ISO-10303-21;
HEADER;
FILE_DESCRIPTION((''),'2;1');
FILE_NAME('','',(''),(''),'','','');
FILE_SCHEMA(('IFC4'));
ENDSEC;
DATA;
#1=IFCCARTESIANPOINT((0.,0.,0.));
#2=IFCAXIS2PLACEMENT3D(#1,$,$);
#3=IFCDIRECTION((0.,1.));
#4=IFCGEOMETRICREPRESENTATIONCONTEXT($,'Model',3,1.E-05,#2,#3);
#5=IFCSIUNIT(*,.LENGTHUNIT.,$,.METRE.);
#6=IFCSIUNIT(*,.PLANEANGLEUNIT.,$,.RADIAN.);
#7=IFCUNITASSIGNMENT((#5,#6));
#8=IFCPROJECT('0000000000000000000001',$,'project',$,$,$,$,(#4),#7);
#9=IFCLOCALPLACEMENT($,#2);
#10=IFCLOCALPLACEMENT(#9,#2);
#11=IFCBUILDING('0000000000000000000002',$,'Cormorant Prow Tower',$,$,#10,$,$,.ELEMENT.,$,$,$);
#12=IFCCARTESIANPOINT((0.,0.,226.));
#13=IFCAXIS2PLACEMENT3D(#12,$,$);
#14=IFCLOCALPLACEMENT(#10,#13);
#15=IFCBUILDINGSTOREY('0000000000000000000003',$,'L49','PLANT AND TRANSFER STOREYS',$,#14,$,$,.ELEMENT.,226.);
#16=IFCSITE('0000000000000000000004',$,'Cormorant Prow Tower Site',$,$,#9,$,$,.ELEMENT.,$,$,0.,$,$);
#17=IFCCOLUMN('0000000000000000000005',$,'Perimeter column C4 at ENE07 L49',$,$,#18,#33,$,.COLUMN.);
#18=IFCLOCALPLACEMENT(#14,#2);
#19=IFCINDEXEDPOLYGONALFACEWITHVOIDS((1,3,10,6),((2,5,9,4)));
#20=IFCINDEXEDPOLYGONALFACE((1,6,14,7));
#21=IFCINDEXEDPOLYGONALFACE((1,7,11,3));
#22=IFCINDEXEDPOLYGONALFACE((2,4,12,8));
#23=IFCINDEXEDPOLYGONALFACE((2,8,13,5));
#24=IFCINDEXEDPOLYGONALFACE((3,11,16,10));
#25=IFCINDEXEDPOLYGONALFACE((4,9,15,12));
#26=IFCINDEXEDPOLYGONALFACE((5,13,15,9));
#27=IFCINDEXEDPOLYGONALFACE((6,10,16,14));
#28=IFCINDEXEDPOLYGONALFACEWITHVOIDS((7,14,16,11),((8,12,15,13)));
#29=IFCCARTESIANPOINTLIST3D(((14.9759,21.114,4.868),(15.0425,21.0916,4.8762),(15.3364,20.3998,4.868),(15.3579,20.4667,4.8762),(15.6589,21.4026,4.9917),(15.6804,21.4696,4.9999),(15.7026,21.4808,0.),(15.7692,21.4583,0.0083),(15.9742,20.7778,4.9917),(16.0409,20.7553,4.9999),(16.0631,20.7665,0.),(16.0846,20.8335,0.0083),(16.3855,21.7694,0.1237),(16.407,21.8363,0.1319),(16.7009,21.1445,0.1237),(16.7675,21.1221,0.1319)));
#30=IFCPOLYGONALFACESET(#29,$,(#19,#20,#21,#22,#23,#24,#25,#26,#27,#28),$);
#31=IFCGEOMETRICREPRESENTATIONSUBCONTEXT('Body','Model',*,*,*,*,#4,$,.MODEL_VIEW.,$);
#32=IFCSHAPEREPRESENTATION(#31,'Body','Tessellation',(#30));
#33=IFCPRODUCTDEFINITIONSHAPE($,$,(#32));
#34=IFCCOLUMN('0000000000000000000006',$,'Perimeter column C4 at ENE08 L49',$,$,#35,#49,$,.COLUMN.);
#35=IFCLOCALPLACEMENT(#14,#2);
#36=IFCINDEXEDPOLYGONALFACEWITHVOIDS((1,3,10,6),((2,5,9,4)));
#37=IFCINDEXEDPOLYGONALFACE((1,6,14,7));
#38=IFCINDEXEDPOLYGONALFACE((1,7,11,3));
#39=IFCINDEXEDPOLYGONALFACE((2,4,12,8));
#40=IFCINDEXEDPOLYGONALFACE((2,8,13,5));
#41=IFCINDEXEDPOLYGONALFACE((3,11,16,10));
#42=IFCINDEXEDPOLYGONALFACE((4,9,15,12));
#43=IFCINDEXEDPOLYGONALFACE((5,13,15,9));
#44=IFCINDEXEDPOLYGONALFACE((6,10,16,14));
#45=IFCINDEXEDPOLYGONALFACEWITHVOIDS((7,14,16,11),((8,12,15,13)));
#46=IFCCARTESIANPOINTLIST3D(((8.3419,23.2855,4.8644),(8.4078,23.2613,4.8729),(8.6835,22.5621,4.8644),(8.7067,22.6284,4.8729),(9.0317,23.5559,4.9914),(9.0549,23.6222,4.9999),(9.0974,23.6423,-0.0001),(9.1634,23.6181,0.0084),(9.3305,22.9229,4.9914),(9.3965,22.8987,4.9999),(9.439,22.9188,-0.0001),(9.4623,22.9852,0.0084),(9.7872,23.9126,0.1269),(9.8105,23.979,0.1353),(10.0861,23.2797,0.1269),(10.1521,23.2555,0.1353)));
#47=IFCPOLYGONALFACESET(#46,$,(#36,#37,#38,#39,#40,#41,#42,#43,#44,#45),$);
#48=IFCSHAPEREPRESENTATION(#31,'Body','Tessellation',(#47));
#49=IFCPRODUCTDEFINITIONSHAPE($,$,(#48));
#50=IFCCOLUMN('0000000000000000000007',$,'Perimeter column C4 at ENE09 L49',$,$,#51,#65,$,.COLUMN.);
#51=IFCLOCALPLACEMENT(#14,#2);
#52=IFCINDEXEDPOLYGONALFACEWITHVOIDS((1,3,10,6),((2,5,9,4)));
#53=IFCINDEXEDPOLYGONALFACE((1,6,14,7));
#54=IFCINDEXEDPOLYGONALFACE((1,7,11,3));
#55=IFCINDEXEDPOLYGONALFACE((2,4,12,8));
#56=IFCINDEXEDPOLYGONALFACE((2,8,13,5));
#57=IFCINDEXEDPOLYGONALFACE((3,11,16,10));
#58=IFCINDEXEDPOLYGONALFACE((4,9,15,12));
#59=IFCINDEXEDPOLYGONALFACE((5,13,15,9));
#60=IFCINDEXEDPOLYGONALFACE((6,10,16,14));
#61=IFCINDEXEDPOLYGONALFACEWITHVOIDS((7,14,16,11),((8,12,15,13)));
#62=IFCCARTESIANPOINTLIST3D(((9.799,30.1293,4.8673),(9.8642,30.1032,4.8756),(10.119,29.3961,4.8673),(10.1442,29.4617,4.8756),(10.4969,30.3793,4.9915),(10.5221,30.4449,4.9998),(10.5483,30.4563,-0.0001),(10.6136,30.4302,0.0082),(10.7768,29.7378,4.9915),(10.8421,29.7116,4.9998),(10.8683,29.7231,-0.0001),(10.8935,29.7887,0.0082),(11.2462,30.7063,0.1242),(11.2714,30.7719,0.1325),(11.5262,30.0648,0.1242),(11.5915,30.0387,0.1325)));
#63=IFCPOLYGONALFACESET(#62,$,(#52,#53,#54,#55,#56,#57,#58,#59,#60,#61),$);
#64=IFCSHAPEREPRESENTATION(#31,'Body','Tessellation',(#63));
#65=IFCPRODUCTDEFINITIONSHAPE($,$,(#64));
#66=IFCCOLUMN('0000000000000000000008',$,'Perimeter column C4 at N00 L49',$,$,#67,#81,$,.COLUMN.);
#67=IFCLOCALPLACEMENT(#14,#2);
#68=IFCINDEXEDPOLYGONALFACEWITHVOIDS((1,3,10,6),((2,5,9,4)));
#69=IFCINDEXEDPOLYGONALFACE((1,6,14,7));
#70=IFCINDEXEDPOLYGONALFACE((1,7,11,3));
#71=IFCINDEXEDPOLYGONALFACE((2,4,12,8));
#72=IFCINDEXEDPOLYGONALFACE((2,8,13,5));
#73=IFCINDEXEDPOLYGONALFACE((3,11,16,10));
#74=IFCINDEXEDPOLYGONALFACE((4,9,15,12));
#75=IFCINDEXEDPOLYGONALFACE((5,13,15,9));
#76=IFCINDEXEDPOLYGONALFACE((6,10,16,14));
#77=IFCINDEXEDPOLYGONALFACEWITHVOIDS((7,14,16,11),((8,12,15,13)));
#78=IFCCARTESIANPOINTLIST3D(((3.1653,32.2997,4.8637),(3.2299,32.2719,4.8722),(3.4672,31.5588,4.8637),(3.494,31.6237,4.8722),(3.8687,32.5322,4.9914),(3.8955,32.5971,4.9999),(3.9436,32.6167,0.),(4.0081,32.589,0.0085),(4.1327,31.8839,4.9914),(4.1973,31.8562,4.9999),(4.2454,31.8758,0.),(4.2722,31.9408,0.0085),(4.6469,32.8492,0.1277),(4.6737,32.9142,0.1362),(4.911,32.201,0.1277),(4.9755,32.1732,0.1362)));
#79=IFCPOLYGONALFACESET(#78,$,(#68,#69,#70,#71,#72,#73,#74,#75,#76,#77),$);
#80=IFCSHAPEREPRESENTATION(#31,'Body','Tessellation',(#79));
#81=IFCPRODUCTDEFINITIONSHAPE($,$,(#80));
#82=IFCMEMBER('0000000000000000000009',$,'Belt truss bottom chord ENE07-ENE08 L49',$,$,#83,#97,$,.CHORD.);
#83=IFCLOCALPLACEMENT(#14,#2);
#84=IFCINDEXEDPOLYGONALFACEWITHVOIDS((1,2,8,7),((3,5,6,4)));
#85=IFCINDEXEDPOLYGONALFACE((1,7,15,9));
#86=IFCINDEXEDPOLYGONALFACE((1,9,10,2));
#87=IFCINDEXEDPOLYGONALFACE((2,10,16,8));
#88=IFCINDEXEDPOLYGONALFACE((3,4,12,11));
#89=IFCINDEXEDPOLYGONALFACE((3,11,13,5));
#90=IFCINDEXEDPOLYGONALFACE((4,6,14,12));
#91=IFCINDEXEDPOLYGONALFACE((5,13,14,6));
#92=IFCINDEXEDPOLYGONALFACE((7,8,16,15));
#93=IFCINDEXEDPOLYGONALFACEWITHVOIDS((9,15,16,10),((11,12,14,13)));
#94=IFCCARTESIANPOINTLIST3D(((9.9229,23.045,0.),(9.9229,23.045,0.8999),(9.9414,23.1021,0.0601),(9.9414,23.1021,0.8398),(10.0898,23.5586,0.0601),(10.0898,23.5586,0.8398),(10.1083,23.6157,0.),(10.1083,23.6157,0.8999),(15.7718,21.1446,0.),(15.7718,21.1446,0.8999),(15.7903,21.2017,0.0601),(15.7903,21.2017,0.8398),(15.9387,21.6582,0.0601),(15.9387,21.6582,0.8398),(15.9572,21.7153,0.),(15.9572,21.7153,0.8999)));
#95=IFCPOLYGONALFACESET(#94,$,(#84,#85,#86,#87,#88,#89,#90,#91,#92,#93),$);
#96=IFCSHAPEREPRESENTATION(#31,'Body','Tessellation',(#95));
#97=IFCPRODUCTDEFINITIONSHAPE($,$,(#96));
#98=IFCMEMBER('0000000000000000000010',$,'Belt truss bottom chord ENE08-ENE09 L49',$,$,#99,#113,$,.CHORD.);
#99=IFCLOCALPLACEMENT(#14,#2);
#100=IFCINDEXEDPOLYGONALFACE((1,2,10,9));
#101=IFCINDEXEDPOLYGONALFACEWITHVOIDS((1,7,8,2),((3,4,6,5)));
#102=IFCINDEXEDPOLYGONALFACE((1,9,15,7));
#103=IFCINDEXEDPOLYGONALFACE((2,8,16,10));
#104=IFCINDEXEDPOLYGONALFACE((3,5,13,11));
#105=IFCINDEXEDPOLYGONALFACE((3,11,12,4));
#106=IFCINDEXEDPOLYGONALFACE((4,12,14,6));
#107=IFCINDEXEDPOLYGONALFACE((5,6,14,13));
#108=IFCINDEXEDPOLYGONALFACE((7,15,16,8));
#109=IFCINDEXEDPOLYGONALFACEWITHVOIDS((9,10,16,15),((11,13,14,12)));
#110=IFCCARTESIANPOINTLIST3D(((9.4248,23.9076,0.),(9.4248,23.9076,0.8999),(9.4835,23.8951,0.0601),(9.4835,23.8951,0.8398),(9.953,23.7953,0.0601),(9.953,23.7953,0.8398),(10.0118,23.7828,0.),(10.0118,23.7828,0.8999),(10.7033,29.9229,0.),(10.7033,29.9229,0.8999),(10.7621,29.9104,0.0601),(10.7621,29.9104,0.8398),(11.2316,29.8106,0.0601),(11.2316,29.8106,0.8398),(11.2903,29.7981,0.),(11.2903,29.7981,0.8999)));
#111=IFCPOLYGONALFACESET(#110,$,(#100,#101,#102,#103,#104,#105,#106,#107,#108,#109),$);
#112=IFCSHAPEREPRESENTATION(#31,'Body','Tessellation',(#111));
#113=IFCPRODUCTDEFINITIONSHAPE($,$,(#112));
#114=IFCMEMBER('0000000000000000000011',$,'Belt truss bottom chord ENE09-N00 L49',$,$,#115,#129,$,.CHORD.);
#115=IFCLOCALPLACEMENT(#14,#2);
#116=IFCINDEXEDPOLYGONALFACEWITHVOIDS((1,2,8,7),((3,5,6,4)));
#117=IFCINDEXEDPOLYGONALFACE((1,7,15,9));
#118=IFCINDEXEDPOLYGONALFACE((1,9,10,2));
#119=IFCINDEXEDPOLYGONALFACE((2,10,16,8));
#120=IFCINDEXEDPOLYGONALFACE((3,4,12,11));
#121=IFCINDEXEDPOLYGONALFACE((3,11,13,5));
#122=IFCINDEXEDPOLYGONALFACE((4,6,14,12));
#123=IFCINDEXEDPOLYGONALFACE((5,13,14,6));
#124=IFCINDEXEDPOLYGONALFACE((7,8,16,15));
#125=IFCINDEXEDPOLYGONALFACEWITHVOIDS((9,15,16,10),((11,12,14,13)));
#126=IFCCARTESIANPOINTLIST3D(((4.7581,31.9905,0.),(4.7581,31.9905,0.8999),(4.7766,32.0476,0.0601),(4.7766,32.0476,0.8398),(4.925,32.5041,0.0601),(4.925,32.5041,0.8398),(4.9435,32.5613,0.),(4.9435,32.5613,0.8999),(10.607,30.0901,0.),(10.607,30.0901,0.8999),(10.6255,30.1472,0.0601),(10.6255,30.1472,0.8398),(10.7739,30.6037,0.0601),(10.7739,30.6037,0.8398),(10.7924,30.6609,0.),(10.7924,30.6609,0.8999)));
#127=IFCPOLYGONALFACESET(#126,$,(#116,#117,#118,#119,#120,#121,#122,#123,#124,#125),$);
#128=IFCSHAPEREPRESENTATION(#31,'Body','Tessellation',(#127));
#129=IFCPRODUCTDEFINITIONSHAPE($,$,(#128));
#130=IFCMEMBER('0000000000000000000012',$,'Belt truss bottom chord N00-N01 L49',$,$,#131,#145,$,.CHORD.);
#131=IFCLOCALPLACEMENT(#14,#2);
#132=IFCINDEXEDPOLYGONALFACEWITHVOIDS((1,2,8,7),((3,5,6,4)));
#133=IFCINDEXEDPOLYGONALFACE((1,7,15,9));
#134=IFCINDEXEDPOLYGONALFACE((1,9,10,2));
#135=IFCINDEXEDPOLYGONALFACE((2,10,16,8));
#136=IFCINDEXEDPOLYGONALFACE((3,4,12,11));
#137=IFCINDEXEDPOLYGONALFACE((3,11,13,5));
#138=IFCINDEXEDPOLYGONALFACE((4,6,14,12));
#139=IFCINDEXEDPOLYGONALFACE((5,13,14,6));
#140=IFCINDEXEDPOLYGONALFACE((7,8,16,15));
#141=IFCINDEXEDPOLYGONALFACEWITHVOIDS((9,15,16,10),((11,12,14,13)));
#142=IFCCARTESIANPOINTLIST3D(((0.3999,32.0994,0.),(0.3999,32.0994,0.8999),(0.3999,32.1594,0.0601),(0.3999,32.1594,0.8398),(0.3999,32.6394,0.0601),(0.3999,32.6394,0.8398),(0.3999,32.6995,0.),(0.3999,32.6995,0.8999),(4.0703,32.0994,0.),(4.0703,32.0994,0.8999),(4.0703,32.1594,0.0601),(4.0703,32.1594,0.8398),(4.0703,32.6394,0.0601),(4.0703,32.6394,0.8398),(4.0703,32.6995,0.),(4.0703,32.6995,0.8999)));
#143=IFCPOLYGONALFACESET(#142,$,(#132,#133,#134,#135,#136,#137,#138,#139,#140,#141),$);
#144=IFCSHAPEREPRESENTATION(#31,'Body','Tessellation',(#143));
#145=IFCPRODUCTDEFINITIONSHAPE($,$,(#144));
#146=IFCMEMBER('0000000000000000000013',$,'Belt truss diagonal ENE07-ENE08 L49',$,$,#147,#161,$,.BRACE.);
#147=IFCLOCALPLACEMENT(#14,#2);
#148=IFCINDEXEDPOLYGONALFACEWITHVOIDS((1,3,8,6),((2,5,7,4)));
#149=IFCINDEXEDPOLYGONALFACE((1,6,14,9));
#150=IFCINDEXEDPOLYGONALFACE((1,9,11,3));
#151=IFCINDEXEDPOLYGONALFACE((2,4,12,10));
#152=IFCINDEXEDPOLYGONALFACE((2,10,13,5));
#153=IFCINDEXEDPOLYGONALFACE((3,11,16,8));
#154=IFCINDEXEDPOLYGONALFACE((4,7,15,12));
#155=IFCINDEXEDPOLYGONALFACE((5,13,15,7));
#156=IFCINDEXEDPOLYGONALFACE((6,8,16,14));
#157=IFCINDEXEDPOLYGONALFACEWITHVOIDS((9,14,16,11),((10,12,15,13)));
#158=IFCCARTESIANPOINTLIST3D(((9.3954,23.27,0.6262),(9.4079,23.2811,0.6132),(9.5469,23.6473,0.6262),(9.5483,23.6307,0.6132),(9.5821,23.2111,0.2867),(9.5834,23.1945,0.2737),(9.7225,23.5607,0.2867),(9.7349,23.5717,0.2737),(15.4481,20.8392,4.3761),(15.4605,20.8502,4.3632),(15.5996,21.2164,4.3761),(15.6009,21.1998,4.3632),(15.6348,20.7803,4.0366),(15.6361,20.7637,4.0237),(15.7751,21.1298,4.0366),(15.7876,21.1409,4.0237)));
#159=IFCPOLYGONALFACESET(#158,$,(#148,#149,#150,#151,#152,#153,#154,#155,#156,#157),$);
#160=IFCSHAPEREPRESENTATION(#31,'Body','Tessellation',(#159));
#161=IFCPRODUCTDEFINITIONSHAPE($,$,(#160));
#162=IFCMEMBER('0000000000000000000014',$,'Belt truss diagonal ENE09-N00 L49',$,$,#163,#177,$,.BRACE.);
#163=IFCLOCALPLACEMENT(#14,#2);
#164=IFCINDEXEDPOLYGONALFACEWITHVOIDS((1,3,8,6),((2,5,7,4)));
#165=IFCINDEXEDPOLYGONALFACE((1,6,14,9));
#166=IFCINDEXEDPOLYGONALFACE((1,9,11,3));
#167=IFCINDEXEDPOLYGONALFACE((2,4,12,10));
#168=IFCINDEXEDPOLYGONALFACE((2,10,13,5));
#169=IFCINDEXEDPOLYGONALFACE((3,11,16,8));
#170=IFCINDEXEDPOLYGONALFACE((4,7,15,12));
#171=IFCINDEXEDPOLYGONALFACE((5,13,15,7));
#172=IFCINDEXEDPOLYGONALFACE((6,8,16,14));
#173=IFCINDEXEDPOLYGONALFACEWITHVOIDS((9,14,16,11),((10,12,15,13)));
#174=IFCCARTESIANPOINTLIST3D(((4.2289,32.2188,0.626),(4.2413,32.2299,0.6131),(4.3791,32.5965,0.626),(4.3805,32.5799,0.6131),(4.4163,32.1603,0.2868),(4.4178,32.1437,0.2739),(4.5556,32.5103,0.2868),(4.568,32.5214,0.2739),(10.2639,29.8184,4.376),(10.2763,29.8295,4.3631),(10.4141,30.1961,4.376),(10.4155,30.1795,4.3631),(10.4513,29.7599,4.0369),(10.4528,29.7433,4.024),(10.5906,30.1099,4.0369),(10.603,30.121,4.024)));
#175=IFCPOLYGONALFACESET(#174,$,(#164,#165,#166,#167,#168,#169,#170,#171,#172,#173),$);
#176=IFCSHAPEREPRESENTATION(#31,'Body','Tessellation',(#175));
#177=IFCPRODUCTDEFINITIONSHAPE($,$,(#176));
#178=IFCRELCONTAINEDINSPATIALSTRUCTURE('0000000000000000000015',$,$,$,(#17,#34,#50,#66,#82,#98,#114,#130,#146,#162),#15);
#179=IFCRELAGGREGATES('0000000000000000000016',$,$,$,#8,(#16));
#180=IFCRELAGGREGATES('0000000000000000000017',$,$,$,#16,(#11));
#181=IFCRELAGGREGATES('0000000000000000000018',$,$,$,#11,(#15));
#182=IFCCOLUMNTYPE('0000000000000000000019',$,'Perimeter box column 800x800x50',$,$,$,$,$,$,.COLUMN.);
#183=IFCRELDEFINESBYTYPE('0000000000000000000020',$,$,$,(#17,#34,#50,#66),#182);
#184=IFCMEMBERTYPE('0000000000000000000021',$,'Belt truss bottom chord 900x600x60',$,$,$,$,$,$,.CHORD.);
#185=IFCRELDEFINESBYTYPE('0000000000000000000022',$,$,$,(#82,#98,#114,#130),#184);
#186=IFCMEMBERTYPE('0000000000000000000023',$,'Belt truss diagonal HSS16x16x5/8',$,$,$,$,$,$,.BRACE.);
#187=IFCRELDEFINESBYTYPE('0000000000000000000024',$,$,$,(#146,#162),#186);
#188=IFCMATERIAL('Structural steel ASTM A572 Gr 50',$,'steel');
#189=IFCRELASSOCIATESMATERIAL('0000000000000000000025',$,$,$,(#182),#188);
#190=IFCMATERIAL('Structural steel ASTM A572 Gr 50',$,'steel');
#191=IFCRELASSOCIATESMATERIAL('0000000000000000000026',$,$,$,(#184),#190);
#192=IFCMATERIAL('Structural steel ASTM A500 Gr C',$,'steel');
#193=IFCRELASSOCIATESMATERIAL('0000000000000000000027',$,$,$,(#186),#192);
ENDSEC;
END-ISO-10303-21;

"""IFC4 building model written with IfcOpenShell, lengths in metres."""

from ifc_helpers import new_model, si_unit, direction, frame, origin, origin_2d, place, context, subcontext, project, spatial, hollow_rectangle, extrude, material, material_profile, profile_set, type_object, element, save


model = new_model("IFC4")

# Units and contexts
model_context = context("Model", 3, precision=1e-05, world=origin(), true_north=direction((0.0, 1.0)))
body_context = subcontext(model_context, "Body", "Model", "MODEL_VIEW")
ifc_project = project(units=[si_unit("LENGTHUNIT", "METRE"), si_unit("PLANEANGLEUNIT", "RADIAN")], contexts=[model_context])

# Site, building, storey
site_placement = place(None, origin())
site = spatial("IfcSite", under=ifc_project, at=site_placement, Name="Cormorant Prow Tower Site", CompositionType="ELEMENT", RefElevation=0.0)
building_placement = place(site_placement, origin())
building = spatial("IfcBuilding", under=site, at=building_placement, Name="Cormorant Prow Tower", CompositionType="ELEMENT")
storey_placement = place(building_placement, frame((0.0, 0.0, 226.0)))
storey = spatial("IfcBuildingStorey", under=building, at=storey_placement, Name="L49", Description="PLANT AND TRANSFER STOREYS", CompositionType="ELEMENT", Elevation=226.0)

# Columns
ifc_material_1 = material(Name="Structural steel ASTM A572 Gr 50", Category="steel")
ifc_material_profile_1 = material_profile(ifc_material_1, hollow_rectangle(XDim=0.8, YDim=0.8, WallThickness=0.05, at=origin_2d()), Name="Box 800x800x50")
ifc_profile_set_1 = profile_set([ifc_material_profile_1], Name="Structural steel ASTM A572 Gr 50")
column_type = type_object("IfcColumnType", Name="Perimeter box column 800x800x50", PredefinedType="COLUMN", material=ifc_profile_set_1)
column_1_placement = place(storey_placement, frame((16.2449, 21.3064, 0.0), z_axis=(-0.147224, -0.07431, 0.986308), x_axis=(0.450598, -0.892727, 0.0)))
element("IfcColumn", 1, at=column_1_placement, inside=storey, type_object=column_type, Name="Perimeter column C4 at ENE07 L49", PredefinedType="COLUMN", context=body_context, shape_type="SweptSolid", body=[
    extrude(hollow_rectangle(XDim=0.8, YDim=0.8, WallThickness=0.05, at=origin_2d()), frame((0.0, 0.0, 0.0669)), (0.0, 0.0, 1.0), 4.9355),
])
column_2_placement = place(storey_placement, frame((9.6353, 23.4539, 0.0), z_axis=(-0.15308, -0.072281, 0.985567), x_axis=(0.426974, -0.904264, 0.0)))
element("IfcColumn", 2, at=column_2_placement, inside=storey, type_object=column_type, Name="Perimeter column C4 at ENE08 L49", PredefinedType="COLUMN", context=body_context, shape_type="SweptSolid", body=[
    extrude(hollow_rectangle(XDim=0.8, YDim=0.8, WallThickness=0.05, at=origin_2d()), frame((0.0, 0.0, 0.0686)), (0.0, 0.0, 1.0), 4.9358),
])
column_3_placement = place(storey_placement, frame((11.0801, 30.252, 0.0), z_axis=(-0.151828, -0.066259, 0.986184), x_axis=(0.39998, -0.916524, 0.0)))
element("IfcColumn", 3, at=column_3_placement, inside=storey, type_object=column_type, Name="Perimeter column C4 at ENE09 L49", PredefinedType="COLUMN", context=body_context, shape_type="SweptSolid", body=[
    extrude(hollow_rectangle(XDim=0.8, YDim=0.8, WallThickness=0.05, at=origin_2d()), frame((0.0, 0.0, 0.0671)), (0.0, 0.0, 1.0), 4.9355),
])
column_4_placement = place(storey_placement, frame((4.4705, 32.3994, 0.0), z_axis=(-0.157674, -0.064234, 0.9854), x_axis=(0.377279, -0.9261, 0.0)))
element("IfcColumn", 4, at=column_4_placement, inside=storey, type_object=column_type, Name="Perimeter column C4 at N00 L49", PredefinedType="COLUMN", context=body_context, shape_type="SweptSolid", body=[
    extrude(hollow_rectangle(XDim=0.8, YDim=0.8, WallThickness=0.05, at=origin_2d()), frame((0.0, 0.0, 0.0691)), (0.0, 0.0, 1.0), 4.9358),
])

# Members
ifc_material_2 = material(Name="Structural steel ASTM A572 Gr 50", Category="steel")
ifc_material_profile_2 = material_profile(ifc_material_2, hollow_rectangle(XDim=0.6001, YDim=0.8999, WallThickness=0.0601, at=origin_2d()), Name="Box 900x600x60")
ifc_profile_set_2 = profile_set([ifc_material_profile_2], Name="Structural steel ASTM A572 Gr 50")
member_type_1 = type_object("IfcMemberType", Name="Belt truss bottom chord 900x600x60", PredefinedType="CHORD", material=ifc_profile_set_2)
member_1_placement = place(storey_placement, frame((15.8645, 21.4299, 0.45), z_axis=(-0.951058, 0.309013, 0.0), x_axis=(-0.309013, -0.951058, 0.0)))
element("IfcMember", 5, at=member_1_placement, inside=storey, type_object=member_type_1, Name="Belt truss bottom chord ENE07-ENE08 L49", PredefinedType="CHORD", context=body_context, shape_type="SweptSolid", body=[
    extrude(hollow_rectangle(XDim=0.6001, YDim=0.8999, WallThickness=0.0601, at=origin_2d()), origin(), (0.0, 0.0, 1.0), 6.1499),
])
member_2_placement = place(storey_placement, frame((9.7183, 23.8452, 0.45), z_axis=(0.207905, 0.978149, 0.0), x_axis=(-0.978149, 0.207905, 0.0)))
element("IfcMember", 6, at=member_2_placement, inside=storey, type_object=member_type_1, Name="Belt truss bottom chord ENE08-ENE09 L49", PredefinedType="CHORD", context=body_context, shape_type="SweptSolid", body=[
    extrude(hollow_rectangle(XDim=0.6001, YDim=0.8999, WallThickness=0.0601, at=origin_2d()), origin(), (0.0, 0.0, 1.0), 6.1497),
])
member_3_placement = place(storey_placement, frame((10.6997, 30.3755, 0.45), z_axis=(-0.951058, 0.309013, 0.0), x_axis=(-0.309013, -0.951058, 0.0)))
element("IfcMember", 7, at=member_3_placement, inside=storey, type_object=member_type_1, Name="Belt truss bottom chord ENE09-N00 L49", PredefinedType="CHORD", context=body_context, shape_type="SweptSolid", body=[
    extrude(hollow_rectangle(XDim=0.6001, YDim=0.8999, WallThickness=0.0601, at=origin_2d()), origin(), (0.0, 0.0, 1.0), 6.1499),
])
member_4_placement = place(storey_placement, frame((4.0703, 32.3994, 0.45), z_axis=(-1.0, 0.0, 0.0), x_axis=(0.0, -1.0, 0.0)))
element("IfcMember", 8, at=member_4_placement, inside=storey, type_object=member_type_1, Name="Belt truss bottom chord N00-N01 L49", PredefinedType="CHORD", context=body_context, shape_type="SweptSolid", body=[
    extrude(hollow_rectangle(XDim=0.6001, YDim=0.8999, WallThickness=0.0601, at=origin_2d()), origin(), (0.0, 0.0, 1.0), 3.6704),
])
ifc_material_3 = material(Name="Structural steel ASTM A500 Gr C", Category="steel")
ifc_material_profile_3 = material_profile(ifc_material_3, hollow_rectangle(XDim=0.4065, YDim=0.4065, WallThickness=0.0149, at=origin_2d()), Name="HSS16x16x5/8")
ifc_profile_set_3 = profile_set([ifc_material_profile_3], Name="Structural steel ASTM A500 Gr C")
member_type_2 = type_object("IfcMemberType", Name="Belt truss diagonal HSS16x16x5/8", PredefinedType="BRACE", material=ifc_profile_set_3)
member_5_placement = place(storey_placement, frame((9.5652, 23.4209, 0.45), z_axis=(0.804479, -0.323096, 0.498419), x_axis=(0.372687, 0.927957, 0.0)))
element("IfcMember", 9, at=member_5_placement, inside=storey, type_object=member_type_2, Name="Belt truss diagonal ENE07-ENE08 L49", PredefinedType="BRACE", context=body_context, shape_type="SweptSolid", body=[
    extrude(hollow_rectangle(XDim=0.4065, YDim=0.4065, WallThickness=0.0149, at=origin_2d()), origin(), (0.0, 0.0, 1.0), 7.5237),
])
member_6_placement = place(storey_placement, frame((4.3984, 32.3701, 0.45), z_axis=(0.804694, -0.320068, 0.500024), x_axis=(0.369588, 0.929196, 0.0)))
element("IfcMember", 10, at=member_6_placement, inside=storey, type_object=member_type_2, Name="Belt truss diagonal ENE09-N00 L49", PredefinedType="BRACE", context=body_context, shape_type="SweptSolid", body=[
    extrude(hollow_rectangle(XDim=0.4065, YDim=0.4065, WallThickness=0.0149, at=origin_2d()), origin(), (0.0, 0.0, 1.0), 7.4998),
])

save(model, "model.ifc")
